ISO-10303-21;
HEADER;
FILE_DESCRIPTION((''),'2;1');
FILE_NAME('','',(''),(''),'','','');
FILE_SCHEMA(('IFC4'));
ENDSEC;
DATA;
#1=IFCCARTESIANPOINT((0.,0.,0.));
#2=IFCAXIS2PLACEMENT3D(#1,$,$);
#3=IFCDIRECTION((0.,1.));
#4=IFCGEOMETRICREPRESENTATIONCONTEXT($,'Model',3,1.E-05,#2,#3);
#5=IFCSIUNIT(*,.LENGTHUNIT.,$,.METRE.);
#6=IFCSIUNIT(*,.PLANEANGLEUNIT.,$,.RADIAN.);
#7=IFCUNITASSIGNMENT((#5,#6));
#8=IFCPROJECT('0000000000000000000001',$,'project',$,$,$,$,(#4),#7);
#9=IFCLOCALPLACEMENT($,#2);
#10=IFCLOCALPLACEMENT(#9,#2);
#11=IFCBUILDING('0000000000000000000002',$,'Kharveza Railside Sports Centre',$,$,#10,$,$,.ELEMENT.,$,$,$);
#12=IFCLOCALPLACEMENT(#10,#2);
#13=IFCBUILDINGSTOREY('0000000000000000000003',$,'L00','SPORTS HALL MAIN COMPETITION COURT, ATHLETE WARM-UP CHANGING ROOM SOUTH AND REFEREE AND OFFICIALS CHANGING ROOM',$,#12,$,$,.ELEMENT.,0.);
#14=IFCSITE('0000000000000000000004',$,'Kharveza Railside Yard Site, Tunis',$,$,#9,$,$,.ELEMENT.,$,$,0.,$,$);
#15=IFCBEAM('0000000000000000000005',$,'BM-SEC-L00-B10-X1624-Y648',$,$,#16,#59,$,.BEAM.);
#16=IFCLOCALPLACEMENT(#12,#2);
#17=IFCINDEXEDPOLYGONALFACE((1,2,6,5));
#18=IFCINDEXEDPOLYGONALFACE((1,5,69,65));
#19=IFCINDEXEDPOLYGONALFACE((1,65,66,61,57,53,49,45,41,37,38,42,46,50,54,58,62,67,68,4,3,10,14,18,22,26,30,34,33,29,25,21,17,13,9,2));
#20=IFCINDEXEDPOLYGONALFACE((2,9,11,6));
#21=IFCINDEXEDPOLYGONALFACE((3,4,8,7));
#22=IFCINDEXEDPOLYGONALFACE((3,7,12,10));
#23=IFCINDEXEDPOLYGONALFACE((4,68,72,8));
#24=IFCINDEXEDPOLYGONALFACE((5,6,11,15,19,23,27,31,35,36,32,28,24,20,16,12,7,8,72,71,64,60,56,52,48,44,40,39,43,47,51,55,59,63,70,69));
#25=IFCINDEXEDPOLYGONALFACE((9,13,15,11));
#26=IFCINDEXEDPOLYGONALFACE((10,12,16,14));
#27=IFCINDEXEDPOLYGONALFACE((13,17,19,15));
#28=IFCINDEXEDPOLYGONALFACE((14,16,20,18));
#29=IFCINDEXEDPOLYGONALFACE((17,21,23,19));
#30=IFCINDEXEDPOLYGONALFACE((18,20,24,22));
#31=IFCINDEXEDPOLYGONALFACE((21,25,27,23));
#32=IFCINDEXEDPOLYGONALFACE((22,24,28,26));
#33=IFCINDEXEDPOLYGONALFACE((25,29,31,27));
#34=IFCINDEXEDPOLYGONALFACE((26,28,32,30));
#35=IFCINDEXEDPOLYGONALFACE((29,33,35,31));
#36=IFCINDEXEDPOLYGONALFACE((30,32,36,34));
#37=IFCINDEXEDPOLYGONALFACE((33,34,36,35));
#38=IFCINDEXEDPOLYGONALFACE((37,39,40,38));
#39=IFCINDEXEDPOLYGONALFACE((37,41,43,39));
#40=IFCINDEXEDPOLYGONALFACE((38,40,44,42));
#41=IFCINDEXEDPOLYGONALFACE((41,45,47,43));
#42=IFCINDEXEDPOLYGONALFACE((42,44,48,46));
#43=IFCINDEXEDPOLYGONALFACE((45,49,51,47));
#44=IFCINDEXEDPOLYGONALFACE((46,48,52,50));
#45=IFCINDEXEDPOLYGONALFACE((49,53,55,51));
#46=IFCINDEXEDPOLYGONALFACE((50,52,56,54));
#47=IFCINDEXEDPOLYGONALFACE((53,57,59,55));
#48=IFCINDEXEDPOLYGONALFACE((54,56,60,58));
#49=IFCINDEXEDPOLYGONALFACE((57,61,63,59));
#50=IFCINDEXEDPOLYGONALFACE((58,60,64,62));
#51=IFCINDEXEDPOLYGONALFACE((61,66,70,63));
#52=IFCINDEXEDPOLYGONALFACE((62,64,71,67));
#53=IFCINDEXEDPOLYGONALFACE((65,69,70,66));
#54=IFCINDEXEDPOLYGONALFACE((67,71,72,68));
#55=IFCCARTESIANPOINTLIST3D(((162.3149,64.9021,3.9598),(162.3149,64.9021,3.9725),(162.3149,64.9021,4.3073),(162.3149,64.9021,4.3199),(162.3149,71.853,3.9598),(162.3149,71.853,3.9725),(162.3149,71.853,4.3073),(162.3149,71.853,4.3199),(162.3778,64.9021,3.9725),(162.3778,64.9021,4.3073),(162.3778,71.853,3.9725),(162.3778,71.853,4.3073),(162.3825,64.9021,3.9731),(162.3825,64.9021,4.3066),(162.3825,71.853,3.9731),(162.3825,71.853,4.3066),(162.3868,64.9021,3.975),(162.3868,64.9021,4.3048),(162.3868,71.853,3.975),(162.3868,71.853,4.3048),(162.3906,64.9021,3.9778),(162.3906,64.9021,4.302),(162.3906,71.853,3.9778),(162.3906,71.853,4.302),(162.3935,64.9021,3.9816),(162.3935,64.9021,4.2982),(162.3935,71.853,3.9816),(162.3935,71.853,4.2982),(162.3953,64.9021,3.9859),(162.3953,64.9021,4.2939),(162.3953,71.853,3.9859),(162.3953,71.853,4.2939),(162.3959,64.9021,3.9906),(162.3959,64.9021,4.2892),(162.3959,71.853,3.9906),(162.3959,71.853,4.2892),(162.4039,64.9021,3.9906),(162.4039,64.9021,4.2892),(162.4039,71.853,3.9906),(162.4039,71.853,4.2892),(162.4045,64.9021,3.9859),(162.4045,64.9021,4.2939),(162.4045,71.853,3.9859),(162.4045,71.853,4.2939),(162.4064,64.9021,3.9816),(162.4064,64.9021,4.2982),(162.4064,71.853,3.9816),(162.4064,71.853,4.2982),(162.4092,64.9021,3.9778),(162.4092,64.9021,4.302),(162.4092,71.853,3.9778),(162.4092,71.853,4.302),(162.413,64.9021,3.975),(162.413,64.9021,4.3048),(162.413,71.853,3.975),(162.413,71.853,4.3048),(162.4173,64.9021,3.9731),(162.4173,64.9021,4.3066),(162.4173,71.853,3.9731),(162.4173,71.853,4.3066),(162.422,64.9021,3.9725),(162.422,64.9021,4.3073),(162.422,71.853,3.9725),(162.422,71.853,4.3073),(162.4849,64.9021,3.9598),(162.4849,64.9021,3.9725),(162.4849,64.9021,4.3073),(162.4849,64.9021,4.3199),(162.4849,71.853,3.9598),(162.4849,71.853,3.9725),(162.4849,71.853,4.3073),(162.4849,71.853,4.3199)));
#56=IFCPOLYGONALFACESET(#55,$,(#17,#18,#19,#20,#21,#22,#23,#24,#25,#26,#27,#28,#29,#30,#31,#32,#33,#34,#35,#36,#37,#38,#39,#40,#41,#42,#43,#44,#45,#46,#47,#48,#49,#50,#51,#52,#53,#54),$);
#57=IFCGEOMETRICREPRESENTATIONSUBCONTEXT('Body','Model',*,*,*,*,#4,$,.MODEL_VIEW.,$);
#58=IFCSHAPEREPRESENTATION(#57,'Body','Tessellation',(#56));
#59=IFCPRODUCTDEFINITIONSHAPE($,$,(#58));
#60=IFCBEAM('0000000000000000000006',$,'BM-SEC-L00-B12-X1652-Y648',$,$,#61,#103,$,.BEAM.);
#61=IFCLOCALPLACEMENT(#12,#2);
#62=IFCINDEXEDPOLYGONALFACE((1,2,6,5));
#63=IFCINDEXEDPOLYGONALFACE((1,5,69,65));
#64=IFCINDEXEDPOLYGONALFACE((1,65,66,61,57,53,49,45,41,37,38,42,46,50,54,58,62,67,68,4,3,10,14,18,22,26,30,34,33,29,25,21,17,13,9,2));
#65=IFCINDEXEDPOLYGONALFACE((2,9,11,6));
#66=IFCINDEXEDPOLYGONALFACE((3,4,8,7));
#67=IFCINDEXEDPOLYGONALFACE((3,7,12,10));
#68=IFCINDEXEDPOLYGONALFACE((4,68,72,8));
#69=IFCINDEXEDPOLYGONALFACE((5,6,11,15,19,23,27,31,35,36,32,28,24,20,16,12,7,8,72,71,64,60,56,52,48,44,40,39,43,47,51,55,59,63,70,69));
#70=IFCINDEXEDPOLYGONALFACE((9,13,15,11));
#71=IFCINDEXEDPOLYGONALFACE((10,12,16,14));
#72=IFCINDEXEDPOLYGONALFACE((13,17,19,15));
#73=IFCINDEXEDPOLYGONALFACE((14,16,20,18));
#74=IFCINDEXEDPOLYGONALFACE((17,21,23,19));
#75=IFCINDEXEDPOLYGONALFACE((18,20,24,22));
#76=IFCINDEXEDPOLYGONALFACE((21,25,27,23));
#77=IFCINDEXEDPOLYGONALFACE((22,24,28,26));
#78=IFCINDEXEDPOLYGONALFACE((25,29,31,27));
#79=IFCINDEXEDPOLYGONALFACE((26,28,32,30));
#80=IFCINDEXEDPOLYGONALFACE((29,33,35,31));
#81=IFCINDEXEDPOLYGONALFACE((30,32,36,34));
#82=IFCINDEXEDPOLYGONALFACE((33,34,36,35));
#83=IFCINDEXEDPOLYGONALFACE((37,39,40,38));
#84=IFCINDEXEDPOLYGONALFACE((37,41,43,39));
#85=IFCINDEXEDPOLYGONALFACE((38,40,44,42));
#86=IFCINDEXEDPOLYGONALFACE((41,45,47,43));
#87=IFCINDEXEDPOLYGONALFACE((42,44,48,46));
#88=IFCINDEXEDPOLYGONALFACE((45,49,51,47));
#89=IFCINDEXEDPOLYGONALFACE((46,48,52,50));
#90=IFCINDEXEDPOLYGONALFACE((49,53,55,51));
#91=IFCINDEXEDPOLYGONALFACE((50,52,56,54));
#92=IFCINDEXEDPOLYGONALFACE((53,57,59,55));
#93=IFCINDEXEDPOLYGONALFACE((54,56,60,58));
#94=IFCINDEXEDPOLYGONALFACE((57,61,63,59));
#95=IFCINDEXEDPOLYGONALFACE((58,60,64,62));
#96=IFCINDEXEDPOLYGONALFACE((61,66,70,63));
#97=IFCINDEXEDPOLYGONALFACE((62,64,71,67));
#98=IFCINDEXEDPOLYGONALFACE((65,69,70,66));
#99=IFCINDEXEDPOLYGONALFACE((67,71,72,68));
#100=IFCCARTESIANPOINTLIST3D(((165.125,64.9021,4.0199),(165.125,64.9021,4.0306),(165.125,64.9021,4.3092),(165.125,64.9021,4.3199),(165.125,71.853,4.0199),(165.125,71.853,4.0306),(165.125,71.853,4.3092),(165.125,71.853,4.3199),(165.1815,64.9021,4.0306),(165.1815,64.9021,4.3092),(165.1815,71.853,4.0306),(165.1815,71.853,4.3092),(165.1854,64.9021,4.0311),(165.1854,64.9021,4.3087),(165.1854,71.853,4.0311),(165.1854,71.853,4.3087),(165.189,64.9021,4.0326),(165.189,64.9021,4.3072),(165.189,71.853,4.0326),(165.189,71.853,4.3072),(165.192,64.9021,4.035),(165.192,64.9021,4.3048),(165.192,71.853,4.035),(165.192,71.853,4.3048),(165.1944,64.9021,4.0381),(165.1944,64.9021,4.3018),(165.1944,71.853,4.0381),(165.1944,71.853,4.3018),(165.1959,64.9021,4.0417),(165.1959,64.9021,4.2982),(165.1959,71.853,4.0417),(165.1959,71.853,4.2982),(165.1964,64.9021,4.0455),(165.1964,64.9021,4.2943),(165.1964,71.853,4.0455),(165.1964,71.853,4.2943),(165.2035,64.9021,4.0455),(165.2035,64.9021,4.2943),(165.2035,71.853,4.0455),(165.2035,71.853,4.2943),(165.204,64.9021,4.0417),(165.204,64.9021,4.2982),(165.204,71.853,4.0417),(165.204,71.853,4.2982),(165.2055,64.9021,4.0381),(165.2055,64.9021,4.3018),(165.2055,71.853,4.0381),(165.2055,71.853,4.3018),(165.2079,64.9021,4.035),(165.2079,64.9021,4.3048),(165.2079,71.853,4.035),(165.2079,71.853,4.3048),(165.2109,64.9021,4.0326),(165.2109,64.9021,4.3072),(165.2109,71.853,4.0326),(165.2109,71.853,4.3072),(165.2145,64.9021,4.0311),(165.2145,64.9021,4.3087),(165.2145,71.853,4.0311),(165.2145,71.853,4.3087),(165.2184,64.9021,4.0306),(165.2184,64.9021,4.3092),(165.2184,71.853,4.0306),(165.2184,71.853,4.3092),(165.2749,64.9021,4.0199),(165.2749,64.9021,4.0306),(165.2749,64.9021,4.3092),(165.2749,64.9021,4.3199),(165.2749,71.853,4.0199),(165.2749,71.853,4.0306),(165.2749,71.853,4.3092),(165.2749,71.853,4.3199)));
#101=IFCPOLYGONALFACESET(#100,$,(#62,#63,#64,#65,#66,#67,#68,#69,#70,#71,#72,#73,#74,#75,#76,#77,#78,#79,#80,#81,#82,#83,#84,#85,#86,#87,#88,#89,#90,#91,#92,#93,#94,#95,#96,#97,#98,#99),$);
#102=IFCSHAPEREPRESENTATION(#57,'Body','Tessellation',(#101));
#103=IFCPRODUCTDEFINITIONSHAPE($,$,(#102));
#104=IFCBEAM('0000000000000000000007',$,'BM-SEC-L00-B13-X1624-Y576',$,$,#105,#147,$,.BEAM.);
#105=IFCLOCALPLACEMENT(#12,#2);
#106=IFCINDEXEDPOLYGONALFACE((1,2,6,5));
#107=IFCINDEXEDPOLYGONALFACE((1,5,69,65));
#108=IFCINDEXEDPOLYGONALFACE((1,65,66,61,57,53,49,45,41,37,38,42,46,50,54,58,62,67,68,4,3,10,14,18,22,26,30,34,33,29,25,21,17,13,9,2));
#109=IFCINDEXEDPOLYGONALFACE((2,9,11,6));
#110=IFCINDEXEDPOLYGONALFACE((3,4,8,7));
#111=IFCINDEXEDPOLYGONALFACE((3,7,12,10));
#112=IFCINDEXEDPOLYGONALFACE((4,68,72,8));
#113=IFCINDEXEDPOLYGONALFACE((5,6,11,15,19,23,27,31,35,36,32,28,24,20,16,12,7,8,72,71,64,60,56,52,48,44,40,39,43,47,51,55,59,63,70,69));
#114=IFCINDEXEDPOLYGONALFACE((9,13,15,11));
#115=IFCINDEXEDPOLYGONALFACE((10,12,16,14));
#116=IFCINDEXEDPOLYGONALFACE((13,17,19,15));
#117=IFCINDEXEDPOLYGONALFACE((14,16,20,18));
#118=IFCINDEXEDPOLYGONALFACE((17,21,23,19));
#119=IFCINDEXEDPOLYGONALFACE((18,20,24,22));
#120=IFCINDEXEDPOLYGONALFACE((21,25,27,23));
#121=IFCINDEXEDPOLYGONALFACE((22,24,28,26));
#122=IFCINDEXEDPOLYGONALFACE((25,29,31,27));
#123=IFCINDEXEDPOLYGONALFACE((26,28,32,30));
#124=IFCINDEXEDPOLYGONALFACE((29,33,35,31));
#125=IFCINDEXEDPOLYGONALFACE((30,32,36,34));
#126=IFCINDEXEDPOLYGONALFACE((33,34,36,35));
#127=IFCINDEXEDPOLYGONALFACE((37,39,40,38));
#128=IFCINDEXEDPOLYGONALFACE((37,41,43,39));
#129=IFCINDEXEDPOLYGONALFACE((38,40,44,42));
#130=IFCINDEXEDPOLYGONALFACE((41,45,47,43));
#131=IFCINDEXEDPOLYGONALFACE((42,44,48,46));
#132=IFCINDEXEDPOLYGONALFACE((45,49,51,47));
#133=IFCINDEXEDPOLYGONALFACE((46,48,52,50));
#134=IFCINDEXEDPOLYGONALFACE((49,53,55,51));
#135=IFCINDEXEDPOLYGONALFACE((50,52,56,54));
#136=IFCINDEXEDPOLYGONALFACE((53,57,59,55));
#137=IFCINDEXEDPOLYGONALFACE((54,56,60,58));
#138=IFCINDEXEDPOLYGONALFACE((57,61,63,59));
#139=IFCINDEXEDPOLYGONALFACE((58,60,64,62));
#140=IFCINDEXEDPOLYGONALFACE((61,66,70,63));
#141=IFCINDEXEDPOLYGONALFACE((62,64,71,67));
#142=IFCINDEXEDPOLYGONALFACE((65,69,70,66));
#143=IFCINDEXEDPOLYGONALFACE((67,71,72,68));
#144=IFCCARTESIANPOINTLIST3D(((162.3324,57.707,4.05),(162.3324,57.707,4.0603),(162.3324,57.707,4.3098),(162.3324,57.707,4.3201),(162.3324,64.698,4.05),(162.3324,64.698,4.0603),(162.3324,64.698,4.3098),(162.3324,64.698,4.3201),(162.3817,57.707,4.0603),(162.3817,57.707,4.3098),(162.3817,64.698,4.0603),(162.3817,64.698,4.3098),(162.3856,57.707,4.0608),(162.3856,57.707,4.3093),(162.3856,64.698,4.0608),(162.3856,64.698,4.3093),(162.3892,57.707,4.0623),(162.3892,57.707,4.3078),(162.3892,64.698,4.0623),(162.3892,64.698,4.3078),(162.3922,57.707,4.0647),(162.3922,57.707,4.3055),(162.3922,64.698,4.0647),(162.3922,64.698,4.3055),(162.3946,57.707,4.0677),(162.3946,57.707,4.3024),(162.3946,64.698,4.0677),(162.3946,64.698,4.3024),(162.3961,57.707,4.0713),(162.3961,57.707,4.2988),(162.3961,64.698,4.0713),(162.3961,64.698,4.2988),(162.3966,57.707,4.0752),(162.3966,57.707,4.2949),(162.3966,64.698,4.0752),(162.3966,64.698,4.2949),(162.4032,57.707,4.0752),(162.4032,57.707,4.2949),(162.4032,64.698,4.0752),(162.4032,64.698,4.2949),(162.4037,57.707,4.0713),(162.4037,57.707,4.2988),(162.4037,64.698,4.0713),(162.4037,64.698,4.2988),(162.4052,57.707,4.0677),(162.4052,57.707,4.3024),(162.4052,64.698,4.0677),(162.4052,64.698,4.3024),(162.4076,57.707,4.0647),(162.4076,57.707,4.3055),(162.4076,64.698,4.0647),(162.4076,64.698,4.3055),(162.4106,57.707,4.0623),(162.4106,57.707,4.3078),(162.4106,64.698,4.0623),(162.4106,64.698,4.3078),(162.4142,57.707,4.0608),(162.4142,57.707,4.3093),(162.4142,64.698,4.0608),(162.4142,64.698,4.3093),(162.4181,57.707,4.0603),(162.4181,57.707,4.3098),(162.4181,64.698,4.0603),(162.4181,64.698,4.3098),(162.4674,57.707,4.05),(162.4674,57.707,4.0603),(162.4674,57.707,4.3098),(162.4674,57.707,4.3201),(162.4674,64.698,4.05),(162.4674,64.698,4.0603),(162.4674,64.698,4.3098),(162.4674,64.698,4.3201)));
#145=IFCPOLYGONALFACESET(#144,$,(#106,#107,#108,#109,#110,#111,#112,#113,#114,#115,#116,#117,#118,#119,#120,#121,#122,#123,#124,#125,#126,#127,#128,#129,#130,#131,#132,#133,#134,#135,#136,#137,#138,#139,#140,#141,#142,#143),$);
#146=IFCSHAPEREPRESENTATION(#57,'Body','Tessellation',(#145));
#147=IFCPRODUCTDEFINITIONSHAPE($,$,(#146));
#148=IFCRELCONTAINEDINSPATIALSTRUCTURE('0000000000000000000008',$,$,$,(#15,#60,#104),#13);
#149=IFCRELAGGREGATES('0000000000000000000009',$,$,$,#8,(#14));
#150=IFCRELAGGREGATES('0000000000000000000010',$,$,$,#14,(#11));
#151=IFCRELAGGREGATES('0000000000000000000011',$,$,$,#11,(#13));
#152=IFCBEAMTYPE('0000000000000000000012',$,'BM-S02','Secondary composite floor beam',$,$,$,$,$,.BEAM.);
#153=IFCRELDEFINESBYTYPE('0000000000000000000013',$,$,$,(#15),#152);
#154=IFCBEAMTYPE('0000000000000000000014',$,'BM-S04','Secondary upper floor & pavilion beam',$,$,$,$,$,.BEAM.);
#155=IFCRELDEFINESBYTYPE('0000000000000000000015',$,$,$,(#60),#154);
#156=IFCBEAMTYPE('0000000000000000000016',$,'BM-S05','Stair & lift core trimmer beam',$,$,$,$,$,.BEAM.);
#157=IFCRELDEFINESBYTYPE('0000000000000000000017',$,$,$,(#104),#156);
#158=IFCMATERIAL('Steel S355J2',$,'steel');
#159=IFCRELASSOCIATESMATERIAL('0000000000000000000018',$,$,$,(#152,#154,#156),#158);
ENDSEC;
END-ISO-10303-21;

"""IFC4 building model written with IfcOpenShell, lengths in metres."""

from ifc_helpers import new_model, si_unit, direction, frame, origin, origin_2d, place, context, subcontext, project, spatial, i_section, extrude, material, material_profile, profile_set, type_object, element, save


model = new_model("IFC4")

# Units and contexts
model_context = context("Model", 3, precision=1e-05, world=origin(), true_north=direction((0.0, 1.0)))
body_context = subcontext(model_context, "Body", "Model", "MODEL_VIEW")
ifc_project = project(units=[si_unit("LENGTHUNIT", "METRE"), si_unit("PLANEANGLEUNIT", "RADIAN")], contexts=[model_context])

# Site, building, storey
site_placement = place(None, origin())
site = spatial("IfcSite", under=ifc_project, at=site_placement, Name="Kharveza Railside Yard Site, Tunis", CompositionType="ELEMENT", RefElevation=0.0)
building_placement = place(site_placement, origin())
building = spatial("IfcBuilding", under=site, at=building_placement, Name="Kharveza Railside Sports Centre", CompositionType="ELEMENT")
storey_placement = place(building_placement, origin())
storey = spatial("IfcBuildingStorey", under=building, at=storey_placement, Name="L00", Description="SPORTS HALL MAIN COMPETITION COURT, ATHLETE WARM-UP CHANGING ROOM SOUTH AND REFEREE AND OFFICIALS CHANGING ROOM", CompositionType="ELEMENT", Elevation=0.0)

# Shared definitions
ifc_material_1 = material(Name="Steel S355J2", Category="steel")

# Beams
ifc_material_profile_1 = material_profile(ifc_material_1, i_section(OverallWidth=0.1699, OverallDepth=0.3601, WebThickness=0.0081, FlangeThickness=0.0127, FilletRadius=0.0181, at=origin_2d()), Name="IPE 360")
ifc_profile_set_1 = profile_set([ifc_material_profile_1], Name="Steel S355J2")
beam_type_1 = type_object("IfcBeamType", Name="BM-S02", Description="Secondary composite floor beam", PredefinedType="BEAM", material=ifc_profile_set_1)
beam_1_placement = place(storey_placement, frame((162.3999, 64.9021, 4.1399), z_axis=(0.0, 1.0, 0.0), x_axis=(-1.0, 0.0, 0.0)))
element("IfcBeam", 1, at=beam_1_placement, inside=storey, type_object=beam_type_1, Name="BM-SEC-L00-B10-X1624-Y648", PredefinedType="BEAM", context=body_context, shape_type="SweptSolid", body=[
    extrude(i_section(OverallWidth=0.1699, OverallDepth=0.3601, WebThickness=0.0081, FlangeThickness=0.0127, FilletRadius=0.0181, at=origin_2d()), origin(), (0.0, 0.0, 1.0), 6.9509),
])
ifc_material_profile_2 = material_profile(ifc_material_1, i_section(OverallWidth=0.1499, OverallDepth=0.3, WebThickness=0.0071, FlangeThickness=0.0107, FilletRadius=0.0149, at=origin_2d()), Name="IPE 300")
ifc_profile_set_2 = profile_set([ifc_material_profile_2], Name="Steel S355J2")
beam_type_2 = type_object("IfcBeamType", Name="BM-S04", Description="Secondary upper floor & pavilion beam", PredefinedType="BEAM", material=ifc_profile_set_2)
beam_2_placement = place(storey_placement, frame((165.2, 64.9021, 4.1699), z_axis=(0.0, 1.0, 0.0), x_axis=(-1.0, 0.0, 0.0)))
element("IfcBeam", 2, at=beam_2_placement, inside=storey, type_object=beam_type_2, Name="BM-SEC-L00-B12-X1652-Y648", PredefinedType="BEAM", context=body_context, shape_type="SweptSolid", body=[
    extrude(i_section(OverallWidth=0.1499, OverallDepth=0.3, WebThickness=0.0071, FlangeThickness=0.0107, FilletRadius=0.0149, at=origin_2d()), origin(), (0.0, 0.0, 1.0), 6.9509),
])
ifc_material_profile_3 = material_profile(ifc_material_1, i_section(OverallWidth=0.135, OverallDepth=0.27, WebThickness=0.0066, FlangeThickness=0.0103, FilletRadius=0.0149, at=origin_2d()), Name="IPE 270")
ifc_profile_set_3 = profile_set([ifc_material_profile_3], Name="Steel S355J2")
beam_type_3 = type_object("IfcBeamType", Name="BM-S05", Description="Stair & lift core trimmer beam", PredefinedType="BEAM", material=ifc_profile_set_3)
beam_3_placement = place(storey_placement, frame((162.3999, 57.707, 4.1851), z_axis=(0.0, 1.0, 0.0), x_axis=(-1.0, 0.0, 0.0)))
element("IfcBeam", 3, at=beam_3_placement, inside=storey, type_object=beam_type_3, Name="BM-SEC-L00-B13-X1624-Y576", PredefinedType="BEAM", context=body_context, shape_type="SweptSolid", body=[
    extrude(i_section(OverallWidth=0.135, OverallDepth=0.27, WebThickness=0.0066, FlangeThickness=0.0103, FilletRadius=0.0149, at=origin_2d()), origin(), (0.0, 0.0, 1.0), 6.991),
])

save(model, "model.ifc")
